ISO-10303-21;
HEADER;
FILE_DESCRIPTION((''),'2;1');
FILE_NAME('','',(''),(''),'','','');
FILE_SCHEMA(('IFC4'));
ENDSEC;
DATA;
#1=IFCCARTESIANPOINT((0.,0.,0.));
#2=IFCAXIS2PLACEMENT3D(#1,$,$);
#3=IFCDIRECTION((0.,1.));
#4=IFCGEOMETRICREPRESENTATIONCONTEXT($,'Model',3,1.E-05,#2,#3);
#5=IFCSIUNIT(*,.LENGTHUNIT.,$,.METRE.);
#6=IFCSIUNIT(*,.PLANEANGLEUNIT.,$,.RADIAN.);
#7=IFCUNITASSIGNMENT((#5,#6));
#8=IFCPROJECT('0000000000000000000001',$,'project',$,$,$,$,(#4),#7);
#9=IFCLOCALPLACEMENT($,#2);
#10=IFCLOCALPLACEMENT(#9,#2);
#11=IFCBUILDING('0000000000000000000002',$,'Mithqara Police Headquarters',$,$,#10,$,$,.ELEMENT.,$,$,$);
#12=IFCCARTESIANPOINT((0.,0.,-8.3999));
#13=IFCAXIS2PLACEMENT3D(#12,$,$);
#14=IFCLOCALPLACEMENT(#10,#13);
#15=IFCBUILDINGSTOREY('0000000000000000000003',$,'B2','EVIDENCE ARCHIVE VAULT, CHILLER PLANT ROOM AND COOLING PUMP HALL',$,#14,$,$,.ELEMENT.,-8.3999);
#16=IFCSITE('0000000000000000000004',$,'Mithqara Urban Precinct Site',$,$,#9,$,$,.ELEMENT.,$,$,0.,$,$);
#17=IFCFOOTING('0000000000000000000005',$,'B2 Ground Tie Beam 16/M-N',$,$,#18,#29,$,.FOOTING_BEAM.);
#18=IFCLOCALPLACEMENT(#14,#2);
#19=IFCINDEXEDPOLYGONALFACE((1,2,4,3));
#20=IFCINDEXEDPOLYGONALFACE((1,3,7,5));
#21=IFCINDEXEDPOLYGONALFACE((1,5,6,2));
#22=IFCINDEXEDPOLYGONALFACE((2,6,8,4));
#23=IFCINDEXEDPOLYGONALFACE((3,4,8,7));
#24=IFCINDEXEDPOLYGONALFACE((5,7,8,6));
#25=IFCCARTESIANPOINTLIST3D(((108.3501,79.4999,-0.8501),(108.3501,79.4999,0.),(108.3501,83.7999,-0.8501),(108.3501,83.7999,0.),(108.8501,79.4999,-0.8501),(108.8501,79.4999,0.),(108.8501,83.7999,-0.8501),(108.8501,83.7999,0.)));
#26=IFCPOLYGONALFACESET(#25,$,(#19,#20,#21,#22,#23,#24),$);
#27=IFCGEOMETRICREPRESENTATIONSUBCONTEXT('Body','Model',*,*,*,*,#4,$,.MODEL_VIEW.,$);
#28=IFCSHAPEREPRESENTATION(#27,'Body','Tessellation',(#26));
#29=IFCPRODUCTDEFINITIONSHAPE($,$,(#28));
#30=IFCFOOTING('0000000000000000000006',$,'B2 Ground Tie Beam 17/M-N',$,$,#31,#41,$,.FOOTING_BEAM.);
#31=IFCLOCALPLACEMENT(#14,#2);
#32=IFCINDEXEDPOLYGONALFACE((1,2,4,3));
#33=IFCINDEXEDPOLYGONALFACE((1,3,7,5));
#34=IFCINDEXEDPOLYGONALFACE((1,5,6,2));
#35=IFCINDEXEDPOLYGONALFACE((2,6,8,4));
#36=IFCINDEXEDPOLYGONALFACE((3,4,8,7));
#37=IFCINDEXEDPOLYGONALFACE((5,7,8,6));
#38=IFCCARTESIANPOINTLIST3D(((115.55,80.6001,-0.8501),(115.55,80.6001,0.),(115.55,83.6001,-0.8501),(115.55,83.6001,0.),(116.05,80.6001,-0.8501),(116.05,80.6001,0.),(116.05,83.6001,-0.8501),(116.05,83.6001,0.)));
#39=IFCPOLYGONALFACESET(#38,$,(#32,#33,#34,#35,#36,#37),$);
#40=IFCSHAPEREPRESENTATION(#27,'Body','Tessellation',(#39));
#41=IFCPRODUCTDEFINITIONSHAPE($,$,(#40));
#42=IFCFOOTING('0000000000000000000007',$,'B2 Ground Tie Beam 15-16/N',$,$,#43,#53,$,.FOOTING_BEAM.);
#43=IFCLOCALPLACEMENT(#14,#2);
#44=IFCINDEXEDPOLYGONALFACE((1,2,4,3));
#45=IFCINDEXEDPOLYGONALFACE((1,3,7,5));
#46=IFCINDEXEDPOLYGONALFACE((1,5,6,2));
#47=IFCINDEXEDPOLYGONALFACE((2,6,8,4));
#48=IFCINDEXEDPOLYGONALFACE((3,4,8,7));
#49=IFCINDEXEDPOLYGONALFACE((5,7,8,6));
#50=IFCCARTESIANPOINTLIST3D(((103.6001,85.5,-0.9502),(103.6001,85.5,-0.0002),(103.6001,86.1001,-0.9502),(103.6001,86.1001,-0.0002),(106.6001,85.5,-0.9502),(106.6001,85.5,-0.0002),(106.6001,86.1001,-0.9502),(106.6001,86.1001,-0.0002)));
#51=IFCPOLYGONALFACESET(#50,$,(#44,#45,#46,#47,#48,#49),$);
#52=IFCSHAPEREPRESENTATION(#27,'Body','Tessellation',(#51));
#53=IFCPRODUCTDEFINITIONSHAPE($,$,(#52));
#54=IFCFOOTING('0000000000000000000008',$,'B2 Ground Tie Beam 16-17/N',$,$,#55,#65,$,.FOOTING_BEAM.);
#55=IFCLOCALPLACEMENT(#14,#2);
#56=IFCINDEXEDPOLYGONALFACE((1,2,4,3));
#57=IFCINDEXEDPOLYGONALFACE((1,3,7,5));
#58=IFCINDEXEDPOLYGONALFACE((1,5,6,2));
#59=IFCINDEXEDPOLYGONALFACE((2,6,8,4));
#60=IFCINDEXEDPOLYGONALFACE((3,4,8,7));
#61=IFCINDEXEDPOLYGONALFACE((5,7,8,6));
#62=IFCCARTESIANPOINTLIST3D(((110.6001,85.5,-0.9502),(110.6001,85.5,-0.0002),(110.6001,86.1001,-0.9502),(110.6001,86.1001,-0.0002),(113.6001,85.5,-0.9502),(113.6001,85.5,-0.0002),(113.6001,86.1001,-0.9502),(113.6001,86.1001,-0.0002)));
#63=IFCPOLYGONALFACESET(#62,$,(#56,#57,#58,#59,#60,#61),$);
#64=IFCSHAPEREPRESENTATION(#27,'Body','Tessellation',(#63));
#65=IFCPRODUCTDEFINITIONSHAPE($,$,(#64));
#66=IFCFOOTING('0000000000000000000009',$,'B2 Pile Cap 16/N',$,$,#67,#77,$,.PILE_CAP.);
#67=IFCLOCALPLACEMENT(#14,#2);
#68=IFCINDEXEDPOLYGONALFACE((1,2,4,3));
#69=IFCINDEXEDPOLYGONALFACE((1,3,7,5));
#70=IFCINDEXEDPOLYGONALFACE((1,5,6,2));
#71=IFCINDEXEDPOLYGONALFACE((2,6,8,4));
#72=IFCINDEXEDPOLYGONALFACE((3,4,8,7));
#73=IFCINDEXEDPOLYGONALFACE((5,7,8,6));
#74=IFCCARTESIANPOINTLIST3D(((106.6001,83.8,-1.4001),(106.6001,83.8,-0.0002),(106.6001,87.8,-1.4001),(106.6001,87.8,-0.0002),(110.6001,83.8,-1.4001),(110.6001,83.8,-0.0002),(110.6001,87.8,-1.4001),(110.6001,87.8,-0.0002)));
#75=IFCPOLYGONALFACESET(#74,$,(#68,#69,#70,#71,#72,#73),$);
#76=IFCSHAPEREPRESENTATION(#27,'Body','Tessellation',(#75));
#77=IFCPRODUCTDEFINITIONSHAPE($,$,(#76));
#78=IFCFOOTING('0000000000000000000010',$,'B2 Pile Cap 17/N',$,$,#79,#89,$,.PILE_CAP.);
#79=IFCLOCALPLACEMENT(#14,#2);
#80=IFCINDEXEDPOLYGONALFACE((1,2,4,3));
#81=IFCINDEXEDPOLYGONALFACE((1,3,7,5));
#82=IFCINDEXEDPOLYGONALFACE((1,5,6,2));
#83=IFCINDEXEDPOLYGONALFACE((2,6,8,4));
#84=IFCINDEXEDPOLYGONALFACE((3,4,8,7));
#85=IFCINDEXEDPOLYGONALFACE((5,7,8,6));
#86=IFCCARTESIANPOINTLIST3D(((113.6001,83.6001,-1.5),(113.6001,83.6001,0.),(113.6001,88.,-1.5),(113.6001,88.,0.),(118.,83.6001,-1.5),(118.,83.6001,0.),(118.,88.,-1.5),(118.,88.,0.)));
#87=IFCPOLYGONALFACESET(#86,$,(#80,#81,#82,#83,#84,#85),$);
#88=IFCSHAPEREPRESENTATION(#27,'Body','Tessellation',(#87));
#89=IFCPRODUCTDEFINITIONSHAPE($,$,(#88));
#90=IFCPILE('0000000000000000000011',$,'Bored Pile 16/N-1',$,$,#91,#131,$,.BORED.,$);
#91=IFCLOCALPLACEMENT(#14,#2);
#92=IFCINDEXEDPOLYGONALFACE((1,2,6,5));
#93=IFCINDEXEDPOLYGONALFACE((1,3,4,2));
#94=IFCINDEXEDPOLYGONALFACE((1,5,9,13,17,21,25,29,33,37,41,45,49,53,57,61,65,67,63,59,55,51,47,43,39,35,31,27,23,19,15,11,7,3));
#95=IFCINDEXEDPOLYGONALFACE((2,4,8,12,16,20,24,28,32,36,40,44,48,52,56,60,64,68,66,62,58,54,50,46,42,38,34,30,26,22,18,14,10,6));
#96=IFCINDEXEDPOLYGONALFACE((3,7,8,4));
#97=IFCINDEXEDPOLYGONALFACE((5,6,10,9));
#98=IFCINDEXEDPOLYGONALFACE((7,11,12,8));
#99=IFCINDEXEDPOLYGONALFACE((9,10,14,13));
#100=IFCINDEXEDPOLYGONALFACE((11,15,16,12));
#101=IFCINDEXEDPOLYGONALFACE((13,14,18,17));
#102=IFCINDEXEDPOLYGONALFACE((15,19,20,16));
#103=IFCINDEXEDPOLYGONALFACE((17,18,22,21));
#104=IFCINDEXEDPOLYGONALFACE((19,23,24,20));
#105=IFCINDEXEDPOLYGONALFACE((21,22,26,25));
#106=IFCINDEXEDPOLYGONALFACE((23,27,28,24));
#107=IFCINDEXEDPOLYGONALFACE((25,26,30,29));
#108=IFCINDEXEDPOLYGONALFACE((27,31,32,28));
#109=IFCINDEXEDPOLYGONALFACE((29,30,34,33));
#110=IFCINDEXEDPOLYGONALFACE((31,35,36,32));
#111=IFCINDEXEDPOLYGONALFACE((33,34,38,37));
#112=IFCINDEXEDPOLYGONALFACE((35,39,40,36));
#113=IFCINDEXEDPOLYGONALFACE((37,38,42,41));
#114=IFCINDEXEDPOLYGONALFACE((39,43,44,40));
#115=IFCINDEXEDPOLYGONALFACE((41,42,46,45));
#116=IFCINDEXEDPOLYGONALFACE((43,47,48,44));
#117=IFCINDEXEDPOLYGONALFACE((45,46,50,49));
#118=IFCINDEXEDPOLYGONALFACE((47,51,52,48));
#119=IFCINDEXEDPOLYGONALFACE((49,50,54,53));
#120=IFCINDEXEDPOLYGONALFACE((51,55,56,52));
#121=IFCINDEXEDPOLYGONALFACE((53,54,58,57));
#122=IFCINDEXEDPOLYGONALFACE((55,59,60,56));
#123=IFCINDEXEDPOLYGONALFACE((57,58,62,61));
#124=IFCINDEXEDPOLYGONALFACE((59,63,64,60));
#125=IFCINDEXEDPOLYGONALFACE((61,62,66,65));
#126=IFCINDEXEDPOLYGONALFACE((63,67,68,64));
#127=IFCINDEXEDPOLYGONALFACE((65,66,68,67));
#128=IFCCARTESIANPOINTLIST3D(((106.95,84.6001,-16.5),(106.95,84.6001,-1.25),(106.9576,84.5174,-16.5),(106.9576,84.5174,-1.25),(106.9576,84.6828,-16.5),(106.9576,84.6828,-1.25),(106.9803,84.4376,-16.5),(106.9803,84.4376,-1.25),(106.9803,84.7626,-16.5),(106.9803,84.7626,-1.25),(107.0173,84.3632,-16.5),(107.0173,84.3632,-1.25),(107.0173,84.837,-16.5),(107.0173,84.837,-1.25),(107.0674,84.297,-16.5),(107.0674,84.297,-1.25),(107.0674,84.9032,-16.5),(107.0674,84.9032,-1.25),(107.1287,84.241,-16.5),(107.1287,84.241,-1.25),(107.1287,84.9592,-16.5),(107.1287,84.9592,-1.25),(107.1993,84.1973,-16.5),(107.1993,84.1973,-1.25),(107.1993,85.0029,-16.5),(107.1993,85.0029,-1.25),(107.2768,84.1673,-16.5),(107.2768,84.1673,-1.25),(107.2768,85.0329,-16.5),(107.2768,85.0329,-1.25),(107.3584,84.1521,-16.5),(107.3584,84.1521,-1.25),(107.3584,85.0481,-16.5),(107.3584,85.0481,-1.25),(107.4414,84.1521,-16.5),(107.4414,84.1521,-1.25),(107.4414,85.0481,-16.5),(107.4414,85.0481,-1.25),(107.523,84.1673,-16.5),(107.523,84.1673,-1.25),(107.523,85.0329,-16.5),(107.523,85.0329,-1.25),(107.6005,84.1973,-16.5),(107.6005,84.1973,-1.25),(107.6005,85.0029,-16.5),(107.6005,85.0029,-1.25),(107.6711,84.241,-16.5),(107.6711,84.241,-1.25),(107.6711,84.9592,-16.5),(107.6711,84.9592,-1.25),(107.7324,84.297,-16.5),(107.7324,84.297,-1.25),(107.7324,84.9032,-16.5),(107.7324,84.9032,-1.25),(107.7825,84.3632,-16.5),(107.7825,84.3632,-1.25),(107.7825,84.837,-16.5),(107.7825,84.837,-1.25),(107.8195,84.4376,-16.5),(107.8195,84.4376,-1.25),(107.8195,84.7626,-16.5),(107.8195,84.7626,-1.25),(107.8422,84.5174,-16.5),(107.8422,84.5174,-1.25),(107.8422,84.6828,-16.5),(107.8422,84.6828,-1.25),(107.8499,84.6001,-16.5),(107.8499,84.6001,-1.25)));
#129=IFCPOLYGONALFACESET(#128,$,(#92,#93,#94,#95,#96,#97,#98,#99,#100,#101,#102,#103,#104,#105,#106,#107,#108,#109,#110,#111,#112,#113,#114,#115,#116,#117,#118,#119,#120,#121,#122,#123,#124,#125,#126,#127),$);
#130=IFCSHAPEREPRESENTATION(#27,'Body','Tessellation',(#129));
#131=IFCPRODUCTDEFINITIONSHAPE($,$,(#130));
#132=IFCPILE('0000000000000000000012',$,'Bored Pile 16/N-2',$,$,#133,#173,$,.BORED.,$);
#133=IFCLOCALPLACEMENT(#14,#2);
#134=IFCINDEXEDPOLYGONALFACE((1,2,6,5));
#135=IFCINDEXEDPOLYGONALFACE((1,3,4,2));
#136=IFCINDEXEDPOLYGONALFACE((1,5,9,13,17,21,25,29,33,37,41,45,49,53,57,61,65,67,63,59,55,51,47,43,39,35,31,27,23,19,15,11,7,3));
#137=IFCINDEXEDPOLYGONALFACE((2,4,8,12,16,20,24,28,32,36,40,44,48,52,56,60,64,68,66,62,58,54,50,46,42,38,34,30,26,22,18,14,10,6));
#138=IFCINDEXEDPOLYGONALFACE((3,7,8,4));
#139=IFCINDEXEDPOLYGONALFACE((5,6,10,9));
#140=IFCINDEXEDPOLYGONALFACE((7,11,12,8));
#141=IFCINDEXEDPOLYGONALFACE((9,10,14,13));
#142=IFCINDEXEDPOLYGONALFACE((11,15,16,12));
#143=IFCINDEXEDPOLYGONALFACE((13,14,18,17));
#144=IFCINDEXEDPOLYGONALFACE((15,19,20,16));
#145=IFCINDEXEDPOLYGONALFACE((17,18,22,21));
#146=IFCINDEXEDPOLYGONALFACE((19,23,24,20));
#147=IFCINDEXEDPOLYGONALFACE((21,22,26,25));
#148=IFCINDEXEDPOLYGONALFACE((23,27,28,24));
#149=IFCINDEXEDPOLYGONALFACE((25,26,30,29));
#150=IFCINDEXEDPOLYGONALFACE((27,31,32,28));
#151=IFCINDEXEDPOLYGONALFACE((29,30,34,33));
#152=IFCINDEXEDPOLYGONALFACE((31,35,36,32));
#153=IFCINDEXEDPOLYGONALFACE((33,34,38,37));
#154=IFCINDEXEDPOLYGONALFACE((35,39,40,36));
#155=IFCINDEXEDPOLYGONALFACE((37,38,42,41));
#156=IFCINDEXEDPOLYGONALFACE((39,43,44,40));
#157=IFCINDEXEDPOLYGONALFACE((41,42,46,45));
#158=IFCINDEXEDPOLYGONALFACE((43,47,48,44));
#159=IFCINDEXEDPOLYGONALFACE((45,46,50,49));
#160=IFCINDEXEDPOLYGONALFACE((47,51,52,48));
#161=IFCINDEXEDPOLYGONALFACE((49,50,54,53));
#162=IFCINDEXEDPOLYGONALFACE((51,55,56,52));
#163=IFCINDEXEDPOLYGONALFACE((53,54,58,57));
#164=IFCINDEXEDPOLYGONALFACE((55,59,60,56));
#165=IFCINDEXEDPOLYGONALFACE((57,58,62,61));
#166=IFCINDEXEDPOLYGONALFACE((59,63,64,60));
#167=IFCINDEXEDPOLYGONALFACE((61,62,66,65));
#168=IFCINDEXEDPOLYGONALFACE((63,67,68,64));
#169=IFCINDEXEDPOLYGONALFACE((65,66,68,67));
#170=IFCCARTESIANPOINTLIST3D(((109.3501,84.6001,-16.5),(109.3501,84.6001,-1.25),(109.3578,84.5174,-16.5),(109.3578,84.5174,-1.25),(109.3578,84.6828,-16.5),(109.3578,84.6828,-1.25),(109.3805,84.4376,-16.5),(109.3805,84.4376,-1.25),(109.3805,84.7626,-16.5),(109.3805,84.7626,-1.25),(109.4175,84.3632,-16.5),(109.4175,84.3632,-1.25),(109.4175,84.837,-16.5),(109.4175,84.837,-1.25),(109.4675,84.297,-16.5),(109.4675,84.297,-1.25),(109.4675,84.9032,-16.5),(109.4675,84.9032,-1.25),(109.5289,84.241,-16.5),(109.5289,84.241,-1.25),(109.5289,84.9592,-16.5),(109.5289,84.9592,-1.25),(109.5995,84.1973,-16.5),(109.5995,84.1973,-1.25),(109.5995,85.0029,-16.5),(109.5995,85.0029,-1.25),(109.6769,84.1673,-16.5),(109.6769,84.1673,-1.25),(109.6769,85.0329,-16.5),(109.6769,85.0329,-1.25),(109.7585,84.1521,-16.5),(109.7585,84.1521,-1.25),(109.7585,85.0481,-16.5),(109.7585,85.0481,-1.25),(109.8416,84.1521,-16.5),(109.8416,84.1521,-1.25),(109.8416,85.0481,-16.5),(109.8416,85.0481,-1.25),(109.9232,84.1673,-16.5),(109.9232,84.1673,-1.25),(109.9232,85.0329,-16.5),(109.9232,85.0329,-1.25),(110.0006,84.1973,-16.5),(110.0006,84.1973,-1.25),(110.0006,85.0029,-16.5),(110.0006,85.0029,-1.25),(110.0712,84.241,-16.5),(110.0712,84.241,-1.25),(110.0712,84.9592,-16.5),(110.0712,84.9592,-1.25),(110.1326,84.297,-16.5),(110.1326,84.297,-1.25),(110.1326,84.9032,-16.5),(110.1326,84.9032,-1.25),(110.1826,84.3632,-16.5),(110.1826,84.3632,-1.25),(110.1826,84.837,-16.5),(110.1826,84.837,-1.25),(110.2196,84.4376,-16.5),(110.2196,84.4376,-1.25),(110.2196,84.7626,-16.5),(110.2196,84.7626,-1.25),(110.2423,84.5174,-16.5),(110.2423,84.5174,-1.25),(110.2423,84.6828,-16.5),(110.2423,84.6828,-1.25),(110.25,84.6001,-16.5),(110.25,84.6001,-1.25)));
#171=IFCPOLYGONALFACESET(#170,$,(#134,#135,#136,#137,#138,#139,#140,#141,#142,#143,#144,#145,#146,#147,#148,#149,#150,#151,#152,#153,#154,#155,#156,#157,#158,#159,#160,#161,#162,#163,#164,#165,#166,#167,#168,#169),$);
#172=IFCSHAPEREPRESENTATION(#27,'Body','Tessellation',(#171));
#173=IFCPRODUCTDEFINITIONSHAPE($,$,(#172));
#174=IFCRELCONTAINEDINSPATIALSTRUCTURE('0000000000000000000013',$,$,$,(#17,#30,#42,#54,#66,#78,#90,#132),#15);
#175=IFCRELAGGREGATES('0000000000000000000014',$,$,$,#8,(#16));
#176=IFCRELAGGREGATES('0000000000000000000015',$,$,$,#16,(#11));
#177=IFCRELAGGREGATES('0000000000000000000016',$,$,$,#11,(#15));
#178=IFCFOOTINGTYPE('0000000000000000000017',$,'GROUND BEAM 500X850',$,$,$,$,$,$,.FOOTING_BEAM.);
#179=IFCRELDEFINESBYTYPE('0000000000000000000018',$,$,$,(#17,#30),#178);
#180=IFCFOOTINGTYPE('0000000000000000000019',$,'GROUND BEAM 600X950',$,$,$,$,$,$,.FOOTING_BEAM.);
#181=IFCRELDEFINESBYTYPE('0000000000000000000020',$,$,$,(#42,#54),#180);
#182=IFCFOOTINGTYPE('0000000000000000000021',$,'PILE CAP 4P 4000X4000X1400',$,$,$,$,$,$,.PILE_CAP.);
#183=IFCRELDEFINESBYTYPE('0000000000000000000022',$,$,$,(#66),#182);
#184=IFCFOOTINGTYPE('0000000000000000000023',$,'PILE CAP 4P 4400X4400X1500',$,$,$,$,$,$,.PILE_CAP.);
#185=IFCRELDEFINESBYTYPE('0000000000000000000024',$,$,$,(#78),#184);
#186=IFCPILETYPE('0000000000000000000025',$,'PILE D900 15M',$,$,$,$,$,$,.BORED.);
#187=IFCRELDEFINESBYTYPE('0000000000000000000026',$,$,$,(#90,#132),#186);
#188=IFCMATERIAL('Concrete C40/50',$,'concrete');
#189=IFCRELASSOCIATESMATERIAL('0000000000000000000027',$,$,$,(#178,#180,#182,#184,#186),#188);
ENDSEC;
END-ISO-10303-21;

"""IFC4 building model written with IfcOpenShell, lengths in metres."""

from ifc_helpers import new_model, si_unit, direction, frame, origin, origin_2d, place, context, subcontext, project, spatial, rectangle, circle, extrude, material, material_profile, profile_set, type_object, element, save


model = new_model("IFC4")

# Units and contexts
model_context = context("Model", 3, precision=1e-05, world=origin(), true_north=direction((0.0, 1.0)))
body_context = subcontext(model_context, "Body", "Model", "MODEL_VIEW")
ifc_project = project(units=[si_unit("LENGTHUNIT", "METRE"), si_unit("PLANEANGLEUNIT", "RADIAN")], contexts=[model_context])

# Site, building, storey
site_placement = place(None, origin())
site = spatial("IfcSite", under=ifc_project, at=site_placement, Name="Mithqara Urban Precinct Site", CompositionType="ELEMENT", RefElevation=0.0)
building_placement = place(site_placement, origin())
building = spatial("IfcBuilding", under=site, at=building_placement, Name="Mithqara Police Headquarters", CompositionType="ELEMENT")
storey_placement = place(building_placement, frame((0.0, 0.0, -8.3999)))
storey = spatial("IfcBuildingStorey", under=building, at=storey_placement, Name="B2", Description="EVIDENCE ARCHIVE VAULT, CHILLER PLANT ROOM AND COOLING PUMP HALL", CompositionType="ELEMENT", Elevation=-8.3999)

# Footings
ifc_material_1 = material(Name="Concrete C40/50", Category="concrete")
footing_type_1 = type_object("IfcFootingType", Name="GROUND BEAM 500X850", PredefinedType="FOOTING_BEAM", material=ifc_material_1)
footing_1_placement = place(storey_placement, frame((108.6001, 81.6499, -0.8501), z_axis=(0.0, 0.0, 1.0), x_axis=(1.0, 0.0, 0.0)))
element("IfcFooting", 1, at=footing_1_placement, inside=storey, type_object=footing_type_1, Name="B2 Ground Tie Beam 16/M-N", PredefinedType="FOOTING_BEAM", context=body_context, shape_type="SweptSolid", body=[
    extrude(rectangle(XDim=0.5, YDim=4.3, at=origin_2d()), origin(), (0.0, 0.0, 1.0), 0.8501),
])
footing_2_placement = place(storey_placement, frame((115.8, 82.1001, -0.8501), z_axis=(0.0, 0.0, 1.0), x_axis=(1.0, 0.0, 0.0)))
element("IfcFooting", 2, at=footing_2_placement, inside=storey, type_object=footing_type_1, Name="B2 Ground Tie Beam 17/M-N", PredefinedType="FOOTING_BEAM", context=body_context, shape_type="SweptSolid", body=[
    extrude(rectangle(XDim=0.5, YDim=3.0, at=origin_2d()), origin(), (0.0, 0.0, 1.0), 0.8501),
])
footing_type_2 = type_object("IfcFootingType", Name="GROUND BEAM 600X950", PredefinedType="FOOTING_BEAM", material=ifc_material_1)
for number, where, z_axis, x_axis, name in (
    (3, (105.1001, 85.8, -0.9502), (0.0, 0.0, 1.0), (1.0, 0.0, 0.0), "B2 Ground Tie Beam 15-16/N"),
    (4, (112.1001, 85.8, -0.9502), (0.0, 0.0, 1.0), (1.0, 0.0, 0.0), "B2 Ground Tie Beam 16-17/N"),
):
    element("IfcFooting", number, at=place(storey_placement, frame(where, z_axis=z_axis, x_axis=x_axis)), inside=storey, type_object=footing_type_2, Name=name, PredefinedType="FOOTING_BEAM", context=body_context, shape_type="SweptSolid", body=[
        extrude(rectangle(XDim=3.0, YDim=0.6001, at=origin_2d()), origin(), (0.0, 0.0, 1.0), 0.95),
    ])
footing_type_3 = type_object("IfcFootingType", Name="PILE CAP 4P 4000X4000X1400", PredefinedType="PILE_CAP", material=ifc_material_1)
footing_3_placement = place(storey_placement, frame((108.6001, 85.8, -1.4001), z_axis=(0.0, 0.0, 1.0), x_axis=(1.0, 0.0, 0.0)))
element("IfcFooting", 5, at=footing_3_placement, inside=storey, type_object=footing_type_3, Name="B2 Pile Cap 16/N", PredefinedType="PILE_CAP", context=body_context, shape_type="SweptSolid", body=[
    extrude(rectangle(XDim=4.0, YDim=4.0, at=origin_2d()), origin(), (0.0, 0.0, 1.0), 1.3999),
])
footing_type_4 = type_object("IfcFootingType", Name="PILE CAP 4P 4400X4400X1500", PredefinedType="PILE_CAP", material=ifc_material_1)
footing_4_placement = place(storey_placement, frame((115.8, 85.8, -1.5), z_axis=(0.0, 0.0, 1.0), x_axis=(1.0, 0.0, 0.0)))
element("IfcFooting", 6, at=footing_4_placement, inside=storey, type_object=footing_type_4, Name="B2 Pile Cap 17/N", PredefinedType="PILE_CAP", context=body_context, shape_type="SweptSolid", body=[
    extrude(rectangle(XDim=4.3999, YDim=4.3999, at=origin_2d()), origin(), (0.0, 0.0, 1.0), 1.5),
])

# Piles
ifc_material_profile_1 = material_profile(ifc_material_1, circle(Radius=0.45, at=origin_2d()), Name="PILE D900")
ifc_profile_set_1 = profile_set([ifc_material_profile_1], Name="Concrete C40/50")
pile_type = type_object("IfcPileType", Name="PILE D900 15M", PredefinedType="BORED", material=ifc_profile_set_1)
for number, where, z_axis, x_axis, name in (
    (7, (107.3999, 84.6001, -1.25), (0.0, 0.0, -1.0), (1.0, 0.0, 0.0), "Bored Pile 16/N-1"),
    (8, (109.8, 84.6001, -1.25), (0.0, 0.0, -1.0), (1.0, 0.0, 0.0), "Bored Pile 16/N-2"),
):
    element("IfcPile", number, at=place(storey_placement, frame(where, z_axis=z_axis, x_axis=x_axis)), inside=storey, type_object=pile_type, Name=name, PredefinedType="BORED", context=body_context, shape_type="SweptSolid", body=[
        extrude(circle(Radius=0.45, at=origin_2d()), origin(), (0.0, 0.0, 1.0), 15.25),
    ])

save(model, "model.ifc")
